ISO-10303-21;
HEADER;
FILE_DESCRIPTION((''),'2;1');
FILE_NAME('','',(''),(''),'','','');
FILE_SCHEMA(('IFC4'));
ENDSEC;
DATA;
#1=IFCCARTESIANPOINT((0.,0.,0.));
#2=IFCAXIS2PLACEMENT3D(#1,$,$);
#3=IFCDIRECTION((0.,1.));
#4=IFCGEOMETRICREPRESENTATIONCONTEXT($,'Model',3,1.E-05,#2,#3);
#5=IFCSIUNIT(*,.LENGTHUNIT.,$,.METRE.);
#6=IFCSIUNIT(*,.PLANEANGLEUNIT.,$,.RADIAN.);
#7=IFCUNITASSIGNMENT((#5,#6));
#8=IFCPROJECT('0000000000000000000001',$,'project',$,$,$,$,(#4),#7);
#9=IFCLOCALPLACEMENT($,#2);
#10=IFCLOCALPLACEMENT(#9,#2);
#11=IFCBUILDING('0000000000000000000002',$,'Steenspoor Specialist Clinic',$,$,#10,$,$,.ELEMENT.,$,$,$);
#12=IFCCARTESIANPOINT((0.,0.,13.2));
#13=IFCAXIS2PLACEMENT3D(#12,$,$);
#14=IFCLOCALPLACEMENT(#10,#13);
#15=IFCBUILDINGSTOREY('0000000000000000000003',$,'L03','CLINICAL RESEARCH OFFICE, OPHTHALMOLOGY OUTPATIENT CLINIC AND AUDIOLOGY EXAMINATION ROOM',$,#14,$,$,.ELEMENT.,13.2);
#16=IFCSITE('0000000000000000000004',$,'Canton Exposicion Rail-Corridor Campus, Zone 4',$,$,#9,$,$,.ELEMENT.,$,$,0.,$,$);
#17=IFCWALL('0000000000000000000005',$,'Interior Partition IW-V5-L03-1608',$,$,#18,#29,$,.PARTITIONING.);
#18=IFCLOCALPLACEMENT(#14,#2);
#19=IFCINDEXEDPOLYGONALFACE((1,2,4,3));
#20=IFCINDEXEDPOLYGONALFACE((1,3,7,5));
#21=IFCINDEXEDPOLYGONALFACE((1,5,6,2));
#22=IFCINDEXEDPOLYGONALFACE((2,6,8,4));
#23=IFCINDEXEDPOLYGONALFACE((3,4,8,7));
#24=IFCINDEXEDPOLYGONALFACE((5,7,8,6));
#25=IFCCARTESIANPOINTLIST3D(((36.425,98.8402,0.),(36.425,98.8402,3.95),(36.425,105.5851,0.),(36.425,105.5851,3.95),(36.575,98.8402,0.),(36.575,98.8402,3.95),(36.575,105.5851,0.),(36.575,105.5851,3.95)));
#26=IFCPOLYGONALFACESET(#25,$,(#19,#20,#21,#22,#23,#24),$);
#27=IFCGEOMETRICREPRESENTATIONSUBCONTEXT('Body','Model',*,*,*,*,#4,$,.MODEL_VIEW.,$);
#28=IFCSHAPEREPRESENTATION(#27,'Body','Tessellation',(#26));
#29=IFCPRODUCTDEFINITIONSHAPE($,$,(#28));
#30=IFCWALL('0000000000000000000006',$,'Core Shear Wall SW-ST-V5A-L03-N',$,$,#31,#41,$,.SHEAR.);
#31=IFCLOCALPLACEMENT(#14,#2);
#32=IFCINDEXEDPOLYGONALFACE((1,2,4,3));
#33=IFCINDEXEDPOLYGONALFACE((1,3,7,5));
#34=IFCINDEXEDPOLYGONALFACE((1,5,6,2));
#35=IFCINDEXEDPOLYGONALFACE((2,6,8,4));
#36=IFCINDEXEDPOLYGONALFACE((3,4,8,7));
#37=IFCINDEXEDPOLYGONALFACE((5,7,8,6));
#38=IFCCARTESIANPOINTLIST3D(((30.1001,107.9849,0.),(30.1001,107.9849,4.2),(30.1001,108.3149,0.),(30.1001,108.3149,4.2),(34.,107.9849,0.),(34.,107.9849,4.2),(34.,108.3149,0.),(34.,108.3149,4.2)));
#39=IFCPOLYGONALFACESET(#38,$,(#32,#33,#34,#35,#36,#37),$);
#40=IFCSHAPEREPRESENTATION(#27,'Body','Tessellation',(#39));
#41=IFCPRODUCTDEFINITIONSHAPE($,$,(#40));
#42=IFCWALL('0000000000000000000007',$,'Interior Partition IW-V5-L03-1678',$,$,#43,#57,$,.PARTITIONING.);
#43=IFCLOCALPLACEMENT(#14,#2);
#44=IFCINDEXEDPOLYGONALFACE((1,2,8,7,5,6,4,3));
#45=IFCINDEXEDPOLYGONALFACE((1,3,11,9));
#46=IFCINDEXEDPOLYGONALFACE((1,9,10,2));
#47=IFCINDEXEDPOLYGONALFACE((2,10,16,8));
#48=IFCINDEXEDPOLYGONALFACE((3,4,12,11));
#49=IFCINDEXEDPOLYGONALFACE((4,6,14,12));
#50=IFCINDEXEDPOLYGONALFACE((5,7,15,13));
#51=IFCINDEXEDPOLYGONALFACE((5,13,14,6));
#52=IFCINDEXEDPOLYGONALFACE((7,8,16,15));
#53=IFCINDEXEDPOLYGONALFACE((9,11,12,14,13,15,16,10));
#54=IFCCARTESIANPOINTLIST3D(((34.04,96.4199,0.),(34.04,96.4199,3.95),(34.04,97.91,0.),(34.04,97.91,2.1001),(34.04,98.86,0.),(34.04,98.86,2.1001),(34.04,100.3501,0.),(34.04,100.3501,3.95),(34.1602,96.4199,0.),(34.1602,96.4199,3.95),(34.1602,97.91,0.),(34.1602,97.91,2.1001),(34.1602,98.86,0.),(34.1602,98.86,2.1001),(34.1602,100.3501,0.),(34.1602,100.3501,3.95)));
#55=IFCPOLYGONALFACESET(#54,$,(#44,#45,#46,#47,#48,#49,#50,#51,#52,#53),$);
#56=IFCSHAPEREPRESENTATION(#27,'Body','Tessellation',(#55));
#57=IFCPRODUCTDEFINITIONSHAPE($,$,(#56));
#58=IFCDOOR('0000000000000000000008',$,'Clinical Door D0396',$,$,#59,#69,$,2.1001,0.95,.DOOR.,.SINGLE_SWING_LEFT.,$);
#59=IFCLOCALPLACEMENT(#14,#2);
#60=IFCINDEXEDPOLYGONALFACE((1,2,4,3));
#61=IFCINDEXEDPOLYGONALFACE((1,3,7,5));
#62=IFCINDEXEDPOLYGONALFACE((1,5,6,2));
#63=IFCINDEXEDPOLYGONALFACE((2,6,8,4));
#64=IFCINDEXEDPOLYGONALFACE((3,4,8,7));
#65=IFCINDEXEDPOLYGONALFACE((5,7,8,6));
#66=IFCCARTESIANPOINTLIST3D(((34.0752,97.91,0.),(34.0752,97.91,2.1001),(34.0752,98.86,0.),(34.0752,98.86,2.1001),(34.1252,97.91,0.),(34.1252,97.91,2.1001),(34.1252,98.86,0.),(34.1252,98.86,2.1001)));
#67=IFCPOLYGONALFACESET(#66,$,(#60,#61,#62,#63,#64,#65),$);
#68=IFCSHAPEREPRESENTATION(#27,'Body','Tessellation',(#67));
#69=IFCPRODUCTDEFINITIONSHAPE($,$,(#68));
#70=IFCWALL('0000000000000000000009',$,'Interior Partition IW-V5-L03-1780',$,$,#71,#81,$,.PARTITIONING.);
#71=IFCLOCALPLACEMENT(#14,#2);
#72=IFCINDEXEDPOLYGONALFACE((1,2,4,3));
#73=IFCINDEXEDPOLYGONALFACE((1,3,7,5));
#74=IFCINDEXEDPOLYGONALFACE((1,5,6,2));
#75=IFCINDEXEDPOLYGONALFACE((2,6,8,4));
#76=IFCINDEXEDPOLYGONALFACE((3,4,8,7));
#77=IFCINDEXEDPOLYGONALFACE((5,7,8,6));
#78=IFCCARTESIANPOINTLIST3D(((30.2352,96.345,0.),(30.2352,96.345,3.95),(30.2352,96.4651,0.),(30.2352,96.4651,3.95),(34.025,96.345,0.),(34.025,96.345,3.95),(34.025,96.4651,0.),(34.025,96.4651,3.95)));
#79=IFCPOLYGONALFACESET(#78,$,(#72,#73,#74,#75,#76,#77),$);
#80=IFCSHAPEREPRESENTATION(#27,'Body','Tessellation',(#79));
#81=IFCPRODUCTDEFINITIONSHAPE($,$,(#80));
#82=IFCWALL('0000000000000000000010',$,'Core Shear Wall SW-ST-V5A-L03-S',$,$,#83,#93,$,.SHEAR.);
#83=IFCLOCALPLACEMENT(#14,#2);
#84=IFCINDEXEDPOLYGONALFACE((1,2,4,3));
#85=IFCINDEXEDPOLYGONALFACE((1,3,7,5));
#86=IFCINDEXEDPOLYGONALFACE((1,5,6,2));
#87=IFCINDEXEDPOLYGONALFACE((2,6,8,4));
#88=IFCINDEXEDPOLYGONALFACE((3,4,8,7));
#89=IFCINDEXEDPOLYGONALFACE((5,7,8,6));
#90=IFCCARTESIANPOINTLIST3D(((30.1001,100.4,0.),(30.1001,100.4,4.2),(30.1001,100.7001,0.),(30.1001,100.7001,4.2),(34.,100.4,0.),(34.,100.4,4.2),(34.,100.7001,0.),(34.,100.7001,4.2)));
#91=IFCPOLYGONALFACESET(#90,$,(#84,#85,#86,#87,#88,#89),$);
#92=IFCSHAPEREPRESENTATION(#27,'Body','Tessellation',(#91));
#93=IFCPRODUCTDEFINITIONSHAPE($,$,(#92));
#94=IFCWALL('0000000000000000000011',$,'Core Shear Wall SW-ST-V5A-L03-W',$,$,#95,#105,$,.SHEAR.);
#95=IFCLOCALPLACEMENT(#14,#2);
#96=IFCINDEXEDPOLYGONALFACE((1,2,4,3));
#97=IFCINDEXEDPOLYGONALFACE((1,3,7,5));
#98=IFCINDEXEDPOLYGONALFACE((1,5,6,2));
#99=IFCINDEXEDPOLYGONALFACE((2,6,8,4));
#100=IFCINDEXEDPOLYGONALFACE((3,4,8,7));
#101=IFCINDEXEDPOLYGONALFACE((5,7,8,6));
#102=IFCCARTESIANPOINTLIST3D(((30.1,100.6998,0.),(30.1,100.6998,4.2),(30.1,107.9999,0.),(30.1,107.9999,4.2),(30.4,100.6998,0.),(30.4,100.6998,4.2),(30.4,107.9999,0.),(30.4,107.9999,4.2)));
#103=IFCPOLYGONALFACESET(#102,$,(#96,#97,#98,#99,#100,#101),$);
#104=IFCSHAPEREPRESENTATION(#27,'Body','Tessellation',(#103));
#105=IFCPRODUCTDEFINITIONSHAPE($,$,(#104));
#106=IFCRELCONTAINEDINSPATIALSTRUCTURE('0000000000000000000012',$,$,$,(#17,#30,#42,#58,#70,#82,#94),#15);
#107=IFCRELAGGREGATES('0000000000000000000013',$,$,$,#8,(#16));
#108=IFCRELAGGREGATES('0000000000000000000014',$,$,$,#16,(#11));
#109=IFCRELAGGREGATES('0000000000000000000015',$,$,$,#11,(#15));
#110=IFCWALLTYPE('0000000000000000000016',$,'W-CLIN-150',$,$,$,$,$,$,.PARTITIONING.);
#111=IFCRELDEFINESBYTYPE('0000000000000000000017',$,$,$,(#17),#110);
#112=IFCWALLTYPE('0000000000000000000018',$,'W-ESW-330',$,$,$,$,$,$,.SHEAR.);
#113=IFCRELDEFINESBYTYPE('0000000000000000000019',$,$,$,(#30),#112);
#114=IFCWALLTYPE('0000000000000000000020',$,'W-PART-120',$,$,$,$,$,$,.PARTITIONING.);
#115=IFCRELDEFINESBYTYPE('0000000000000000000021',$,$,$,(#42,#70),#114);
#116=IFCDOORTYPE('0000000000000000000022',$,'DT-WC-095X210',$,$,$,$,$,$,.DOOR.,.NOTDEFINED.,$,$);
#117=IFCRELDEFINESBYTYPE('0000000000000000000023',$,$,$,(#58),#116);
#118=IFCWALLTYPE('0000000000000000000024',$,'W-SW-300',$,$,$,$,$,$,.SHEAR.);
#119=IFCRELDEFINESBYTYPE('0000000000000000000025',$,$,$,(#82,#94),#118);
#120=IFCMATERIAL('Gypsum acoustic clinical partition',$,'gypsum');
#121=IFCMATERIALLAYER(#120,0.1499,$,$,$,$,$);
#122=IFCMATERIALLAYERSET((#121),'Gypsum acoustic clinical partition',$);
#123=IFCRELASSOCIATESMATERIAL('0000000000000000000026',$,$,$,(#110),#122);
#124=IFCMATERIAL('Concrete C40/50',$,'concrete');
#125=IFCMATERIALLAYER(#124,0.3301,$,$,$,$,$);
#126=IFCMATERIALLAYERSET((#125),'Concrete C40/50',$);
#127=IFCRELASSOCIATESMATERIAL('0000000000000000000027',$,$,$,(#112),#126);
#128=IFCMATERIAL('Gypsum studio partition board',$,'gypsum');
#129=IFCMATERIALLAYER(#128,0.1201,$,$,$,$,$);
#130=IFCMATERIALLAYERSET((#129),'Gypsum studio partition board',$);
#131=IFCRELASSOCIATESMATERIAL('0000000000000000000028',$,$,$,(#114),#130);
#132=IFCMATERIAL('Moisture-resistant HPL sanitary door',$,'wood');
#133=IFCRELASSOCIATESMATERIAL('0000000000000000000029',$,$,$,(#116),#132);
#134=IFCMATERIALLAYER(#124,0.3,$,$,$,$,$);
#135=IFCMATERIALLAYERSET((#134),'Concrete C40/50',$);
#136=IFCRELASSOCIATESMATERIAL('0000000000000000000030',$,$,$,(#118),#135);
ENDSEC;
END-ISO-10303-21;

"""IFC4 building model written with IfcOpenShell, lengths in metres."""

from ifc_helpers import new_model, si_unit, direction, frame, frame_2d, origin, place, context, subcontext, project, spatial, rectangle, extrude, material, layer, layer_set, type_object, element, fill, save


model = new_model("IFC4")

# Units and contexts
model_context = context("Model", 3, precision=1e-05, world=origin(), true_north=direction((0.0, 1.0)))
body_context = subcontext(model_context, "Body", "Model", "MODEL_VIEW")
ifc_project = project(units=[si_unit("LENGTHUNIT", "METRE"), si_unit("PLANEANGLEUNIT", "RADIAN")], contexts=[model_context])

# Site, building, storey
site_placement = place(None, origin())
site = spatial("IfcSite", under=ifc_project, at=site_placement, Name="Canton Exposicion Rail-Corridor Campus, Zone 4", CompositionType="ELEMENT", RefElevation=0.0)
building_placement = place(site_placement, origin())
building = spatial("IfcBuilding", under=site, at=building_placement, Name="Steenspoor Specialist Clinic", CompositionType="ELEMENT")
storey_placement = place(building_placement, frame((0.0, 0.0, 13.2)))
storey = spatial("IfcBuildingStorey", under=building, at=storey_placement, Name="L03", Description="CLINICAL RESEARCH OFFICE, OPHTHALMOLOGY OUTPATIENT CLINIC AND AUDIOLOGY EXAMINATION ROOM", CompositionType="ELEMENT", Elevation=13.2)

# Shared definitions
ifc_material_1 = material(Name="Concrete C40/50", Category="concrete")

# Walls
ifc_material_2 = material(Name="Gypsum acoustic clinical partition", Category="gypsum")
ifc_layer_1 = layer(ifc_material_2, 0.1499)
ifc_layer_set_1 = layer_set([ifc_layer_1], Name="Gypsum acoustic clinical partition")
wall_type_1 = type_object("IfcWallType", Name="W-CLIN-150", PredefinedType="PARTITIONING", material=ifc_layer_set_1)
wall_1_placement = place(storey_placement, frame((36.5, 98.8401, 0.0), z_axis=(0.0, 0.0, 1.0), x_axis=(0.0, 1.0, 0.0)))
element("IfcWall", 1, at=wall_1_placement, inside=storey, type_object=wall_type_1, Name="Interior Partition IW-V5-L03-1608", PredefinedType="PARTITIONING", context=body_context, shape_type="SweptSolid", body=[
    extrude(rectangle(XDim=6.7449, YDim=0.1499, at=frame_2d((3.3726, 0.0))), origin(), (0.0, 0.0, 1.0), 3.95),
])
ifc_layer_2 = layer(ifc_material_1, 0.3301)
ifc_layer_set_2 = layer_set([ifc_layer_2], Name="Concrete C40/50")
wall_type_2 = type_object("IfcWallType", Name="W-ESW-330", PredefinedType="SHEAR", material=ifc_layer_set_2)
wall_2_placement = place(storey_placement, frame((30.1001, 108.1499, 0.0), z_axis=(0.0, 0.0, 1.0), x_axis=(1.0, 0.0, 0.0)))
element("IfcWall", 2, at=wall_2_placement, inside=storey, type_object=wall_type_2, Name="Core Shear Wall SW-ST-V5A-L03-N", PredefinedType="SHEAR", context=body_context, shape_type="SweptSolid", body=[
    extrude(rectangle(XDim=3.8999, YDim=0.3301, at=frame_2d((1.95, 0.0))), origin(), (0.0, 0.0, 1.0), 4.2),
])

# Wall, opening, door
ifc_material_3 = material(Name="Gypsum studio partition board", Category="gypsum")
ifc_layer_3 = layer(ifc_material_3, 0.1201)
ifc_layer_set_3 = layer_set([ifc_layer_3], Name="Gypsum studio partition board")
wall_type_3 = type_object("IfcWallType", Name="W-PART-120", PredefinedType="PARTITIONING", material=ifc_layer_set_3)
wall_3_placement = place(storey_placement, frame((34.1001, 96.4199, 0.0), z_axis=(0.0, 0.0, 1.0), x_axis=(0.0, 1.0, 0.0)))
wall_3 = element("IfcWall", 3, at=wall_3_placement, inside=storey, type_object=wall_type_3, Name="Interior Partition IW-V5-L03-1678", PredefinedType="PARTITIONING", context=body_context, shape_type="SweptSolid", body=[
    extrude(rectangle(XDim=3.9302, YDim=0.1201, at=frame_2d((1.9651, 0.0))), origin(), (0.0, 0.0, 1.0), 3.95),
])
opening_1_placement = place(wall_3_placement, frame((1.49, 0.0, 0.0)))
opening_1 = element("IfcOpeningElement", 4, at=opening_1_placement, cuts=wall_3, PredefinedType="OPENING", context=body_context, shape_type="SweptSolid", body=[
    extrude(rectangle(XDim=0.95, YDim=2.1001, at=frame_2d((0.4751, 1.05))), frame((0.0, 0.0701, 0.0), z_axis=(0.0, -1.0, 0.0), x_axis=(1.0, 0.0, 0.0)), (0.0, 0.0, 1.0), 0.1401),
])
ifc_material_4 = material(Name="Moisture-resistant HPL sanitary door", Category="wood")
door_type_1 = type_object("IfcDoorType", Name="DT-WC-095X210", OperationType="NOTDEFINED", PredefinedType="DOOR", material=ifc_material_4)
door_1_placement = place(opening_1_placement, origin())
door_1 = element("IfcDoor", 5, at=door_1_placement, inside=storey, type_object=door_type_1, Name="Clinical Door D0396", OperationType="SINGLE_SWING_LEFT", OverallHeight=2.1001, OverallWidth=0.95, PredefinedType="DOOR", context=body_context, shape_type="SweptSolid", body=[
    extrude(rectangle(XDim=0.95, YDim=2.1001, at=frame_2d((0.4751, 1.05))), frame((0.0, 0.0249, 0.0), z_axis=(0.0, -1.0, 0.0), x_axis=(1.0, 0.0, 0.0)), (0.0, 0.0, 1.0), 0.05),
])
fill(opening_1, door_1)

# Walls
wall_4_placement = place(storey_placement, frame((30.2351, 96.405, 0.0), z_axis=(0.0, 0.0, 1.0), x_axis=(1.0, 0.0, 0.0)))
element("IfcWall", 6, at=wall_4_placement, inside=storey, type_object=wall_type_3, Name="Interior Partition IW-V5-L03-1780", PredefinedType="PARTITIONING", context=body_context, shape_type="SweptSolid", body=[
    extrude(rectangle(XDim=3.7898, YDim=0.1201, at=frame_2d((1.895, 0.0))), origin(), (0.0, 0.0, 1.0), 3.95),
])
ifc_layer_4 = layer(ifc_material_1, 0.3)
ifc_layer_set_4 = layer_set([ifc_layer_4], Name="Concrete C40/50")
wall_type_4 = type_object("IfcWallType", Name="W-SW-300", PredefinedType="SHEAR", material=ifc_layer_set_4)
wall_5_placement = place(storey_placement, frame((30.1001, 100.55, 0.0), z_axis=(0.0, 0.0, 1.0), x_axis=(1.0, 0.0, 0.0)))
element("IfcWall", 7, at=wall_5_placement, inside=storey, type_object=wall_type_4, Name="Core Shear Wall SW-ST-V5A-L03-S", PredefinedType="SHEAR", context=body_context, shape_type="SweptSolid", body=[
    extrude(rectangle(XDim=3.8999, YDim=0.3, at=frame_2d((1.95, 0.0))), origin(), (0.0, 0.0, 1.0), 4.2),
])
wall_6_placement = place(storey_placement, frame((30.25, 100.7, 0.0), z_axis=(0.0, 0.0, 1.0), x_axis=(0.0, 1.0, 0.0)))
element("IfcWall", 8, at=wall_6_placement, inside=storey, type_object=wall_type_4, Name="Core Shear Wall SW-ST-V5A-L03-W", PredefinedType="SHEAR", context=body_context, shape_type="SweptSolid", body=[
    extrude(rectangle(XDim=7.3, YDim=0.3, at=frame_2d((3.6499, 0.0))), origin(), (0.0, 0.0, 1.0), 4.2),
])

save(model, "model.ifc")
